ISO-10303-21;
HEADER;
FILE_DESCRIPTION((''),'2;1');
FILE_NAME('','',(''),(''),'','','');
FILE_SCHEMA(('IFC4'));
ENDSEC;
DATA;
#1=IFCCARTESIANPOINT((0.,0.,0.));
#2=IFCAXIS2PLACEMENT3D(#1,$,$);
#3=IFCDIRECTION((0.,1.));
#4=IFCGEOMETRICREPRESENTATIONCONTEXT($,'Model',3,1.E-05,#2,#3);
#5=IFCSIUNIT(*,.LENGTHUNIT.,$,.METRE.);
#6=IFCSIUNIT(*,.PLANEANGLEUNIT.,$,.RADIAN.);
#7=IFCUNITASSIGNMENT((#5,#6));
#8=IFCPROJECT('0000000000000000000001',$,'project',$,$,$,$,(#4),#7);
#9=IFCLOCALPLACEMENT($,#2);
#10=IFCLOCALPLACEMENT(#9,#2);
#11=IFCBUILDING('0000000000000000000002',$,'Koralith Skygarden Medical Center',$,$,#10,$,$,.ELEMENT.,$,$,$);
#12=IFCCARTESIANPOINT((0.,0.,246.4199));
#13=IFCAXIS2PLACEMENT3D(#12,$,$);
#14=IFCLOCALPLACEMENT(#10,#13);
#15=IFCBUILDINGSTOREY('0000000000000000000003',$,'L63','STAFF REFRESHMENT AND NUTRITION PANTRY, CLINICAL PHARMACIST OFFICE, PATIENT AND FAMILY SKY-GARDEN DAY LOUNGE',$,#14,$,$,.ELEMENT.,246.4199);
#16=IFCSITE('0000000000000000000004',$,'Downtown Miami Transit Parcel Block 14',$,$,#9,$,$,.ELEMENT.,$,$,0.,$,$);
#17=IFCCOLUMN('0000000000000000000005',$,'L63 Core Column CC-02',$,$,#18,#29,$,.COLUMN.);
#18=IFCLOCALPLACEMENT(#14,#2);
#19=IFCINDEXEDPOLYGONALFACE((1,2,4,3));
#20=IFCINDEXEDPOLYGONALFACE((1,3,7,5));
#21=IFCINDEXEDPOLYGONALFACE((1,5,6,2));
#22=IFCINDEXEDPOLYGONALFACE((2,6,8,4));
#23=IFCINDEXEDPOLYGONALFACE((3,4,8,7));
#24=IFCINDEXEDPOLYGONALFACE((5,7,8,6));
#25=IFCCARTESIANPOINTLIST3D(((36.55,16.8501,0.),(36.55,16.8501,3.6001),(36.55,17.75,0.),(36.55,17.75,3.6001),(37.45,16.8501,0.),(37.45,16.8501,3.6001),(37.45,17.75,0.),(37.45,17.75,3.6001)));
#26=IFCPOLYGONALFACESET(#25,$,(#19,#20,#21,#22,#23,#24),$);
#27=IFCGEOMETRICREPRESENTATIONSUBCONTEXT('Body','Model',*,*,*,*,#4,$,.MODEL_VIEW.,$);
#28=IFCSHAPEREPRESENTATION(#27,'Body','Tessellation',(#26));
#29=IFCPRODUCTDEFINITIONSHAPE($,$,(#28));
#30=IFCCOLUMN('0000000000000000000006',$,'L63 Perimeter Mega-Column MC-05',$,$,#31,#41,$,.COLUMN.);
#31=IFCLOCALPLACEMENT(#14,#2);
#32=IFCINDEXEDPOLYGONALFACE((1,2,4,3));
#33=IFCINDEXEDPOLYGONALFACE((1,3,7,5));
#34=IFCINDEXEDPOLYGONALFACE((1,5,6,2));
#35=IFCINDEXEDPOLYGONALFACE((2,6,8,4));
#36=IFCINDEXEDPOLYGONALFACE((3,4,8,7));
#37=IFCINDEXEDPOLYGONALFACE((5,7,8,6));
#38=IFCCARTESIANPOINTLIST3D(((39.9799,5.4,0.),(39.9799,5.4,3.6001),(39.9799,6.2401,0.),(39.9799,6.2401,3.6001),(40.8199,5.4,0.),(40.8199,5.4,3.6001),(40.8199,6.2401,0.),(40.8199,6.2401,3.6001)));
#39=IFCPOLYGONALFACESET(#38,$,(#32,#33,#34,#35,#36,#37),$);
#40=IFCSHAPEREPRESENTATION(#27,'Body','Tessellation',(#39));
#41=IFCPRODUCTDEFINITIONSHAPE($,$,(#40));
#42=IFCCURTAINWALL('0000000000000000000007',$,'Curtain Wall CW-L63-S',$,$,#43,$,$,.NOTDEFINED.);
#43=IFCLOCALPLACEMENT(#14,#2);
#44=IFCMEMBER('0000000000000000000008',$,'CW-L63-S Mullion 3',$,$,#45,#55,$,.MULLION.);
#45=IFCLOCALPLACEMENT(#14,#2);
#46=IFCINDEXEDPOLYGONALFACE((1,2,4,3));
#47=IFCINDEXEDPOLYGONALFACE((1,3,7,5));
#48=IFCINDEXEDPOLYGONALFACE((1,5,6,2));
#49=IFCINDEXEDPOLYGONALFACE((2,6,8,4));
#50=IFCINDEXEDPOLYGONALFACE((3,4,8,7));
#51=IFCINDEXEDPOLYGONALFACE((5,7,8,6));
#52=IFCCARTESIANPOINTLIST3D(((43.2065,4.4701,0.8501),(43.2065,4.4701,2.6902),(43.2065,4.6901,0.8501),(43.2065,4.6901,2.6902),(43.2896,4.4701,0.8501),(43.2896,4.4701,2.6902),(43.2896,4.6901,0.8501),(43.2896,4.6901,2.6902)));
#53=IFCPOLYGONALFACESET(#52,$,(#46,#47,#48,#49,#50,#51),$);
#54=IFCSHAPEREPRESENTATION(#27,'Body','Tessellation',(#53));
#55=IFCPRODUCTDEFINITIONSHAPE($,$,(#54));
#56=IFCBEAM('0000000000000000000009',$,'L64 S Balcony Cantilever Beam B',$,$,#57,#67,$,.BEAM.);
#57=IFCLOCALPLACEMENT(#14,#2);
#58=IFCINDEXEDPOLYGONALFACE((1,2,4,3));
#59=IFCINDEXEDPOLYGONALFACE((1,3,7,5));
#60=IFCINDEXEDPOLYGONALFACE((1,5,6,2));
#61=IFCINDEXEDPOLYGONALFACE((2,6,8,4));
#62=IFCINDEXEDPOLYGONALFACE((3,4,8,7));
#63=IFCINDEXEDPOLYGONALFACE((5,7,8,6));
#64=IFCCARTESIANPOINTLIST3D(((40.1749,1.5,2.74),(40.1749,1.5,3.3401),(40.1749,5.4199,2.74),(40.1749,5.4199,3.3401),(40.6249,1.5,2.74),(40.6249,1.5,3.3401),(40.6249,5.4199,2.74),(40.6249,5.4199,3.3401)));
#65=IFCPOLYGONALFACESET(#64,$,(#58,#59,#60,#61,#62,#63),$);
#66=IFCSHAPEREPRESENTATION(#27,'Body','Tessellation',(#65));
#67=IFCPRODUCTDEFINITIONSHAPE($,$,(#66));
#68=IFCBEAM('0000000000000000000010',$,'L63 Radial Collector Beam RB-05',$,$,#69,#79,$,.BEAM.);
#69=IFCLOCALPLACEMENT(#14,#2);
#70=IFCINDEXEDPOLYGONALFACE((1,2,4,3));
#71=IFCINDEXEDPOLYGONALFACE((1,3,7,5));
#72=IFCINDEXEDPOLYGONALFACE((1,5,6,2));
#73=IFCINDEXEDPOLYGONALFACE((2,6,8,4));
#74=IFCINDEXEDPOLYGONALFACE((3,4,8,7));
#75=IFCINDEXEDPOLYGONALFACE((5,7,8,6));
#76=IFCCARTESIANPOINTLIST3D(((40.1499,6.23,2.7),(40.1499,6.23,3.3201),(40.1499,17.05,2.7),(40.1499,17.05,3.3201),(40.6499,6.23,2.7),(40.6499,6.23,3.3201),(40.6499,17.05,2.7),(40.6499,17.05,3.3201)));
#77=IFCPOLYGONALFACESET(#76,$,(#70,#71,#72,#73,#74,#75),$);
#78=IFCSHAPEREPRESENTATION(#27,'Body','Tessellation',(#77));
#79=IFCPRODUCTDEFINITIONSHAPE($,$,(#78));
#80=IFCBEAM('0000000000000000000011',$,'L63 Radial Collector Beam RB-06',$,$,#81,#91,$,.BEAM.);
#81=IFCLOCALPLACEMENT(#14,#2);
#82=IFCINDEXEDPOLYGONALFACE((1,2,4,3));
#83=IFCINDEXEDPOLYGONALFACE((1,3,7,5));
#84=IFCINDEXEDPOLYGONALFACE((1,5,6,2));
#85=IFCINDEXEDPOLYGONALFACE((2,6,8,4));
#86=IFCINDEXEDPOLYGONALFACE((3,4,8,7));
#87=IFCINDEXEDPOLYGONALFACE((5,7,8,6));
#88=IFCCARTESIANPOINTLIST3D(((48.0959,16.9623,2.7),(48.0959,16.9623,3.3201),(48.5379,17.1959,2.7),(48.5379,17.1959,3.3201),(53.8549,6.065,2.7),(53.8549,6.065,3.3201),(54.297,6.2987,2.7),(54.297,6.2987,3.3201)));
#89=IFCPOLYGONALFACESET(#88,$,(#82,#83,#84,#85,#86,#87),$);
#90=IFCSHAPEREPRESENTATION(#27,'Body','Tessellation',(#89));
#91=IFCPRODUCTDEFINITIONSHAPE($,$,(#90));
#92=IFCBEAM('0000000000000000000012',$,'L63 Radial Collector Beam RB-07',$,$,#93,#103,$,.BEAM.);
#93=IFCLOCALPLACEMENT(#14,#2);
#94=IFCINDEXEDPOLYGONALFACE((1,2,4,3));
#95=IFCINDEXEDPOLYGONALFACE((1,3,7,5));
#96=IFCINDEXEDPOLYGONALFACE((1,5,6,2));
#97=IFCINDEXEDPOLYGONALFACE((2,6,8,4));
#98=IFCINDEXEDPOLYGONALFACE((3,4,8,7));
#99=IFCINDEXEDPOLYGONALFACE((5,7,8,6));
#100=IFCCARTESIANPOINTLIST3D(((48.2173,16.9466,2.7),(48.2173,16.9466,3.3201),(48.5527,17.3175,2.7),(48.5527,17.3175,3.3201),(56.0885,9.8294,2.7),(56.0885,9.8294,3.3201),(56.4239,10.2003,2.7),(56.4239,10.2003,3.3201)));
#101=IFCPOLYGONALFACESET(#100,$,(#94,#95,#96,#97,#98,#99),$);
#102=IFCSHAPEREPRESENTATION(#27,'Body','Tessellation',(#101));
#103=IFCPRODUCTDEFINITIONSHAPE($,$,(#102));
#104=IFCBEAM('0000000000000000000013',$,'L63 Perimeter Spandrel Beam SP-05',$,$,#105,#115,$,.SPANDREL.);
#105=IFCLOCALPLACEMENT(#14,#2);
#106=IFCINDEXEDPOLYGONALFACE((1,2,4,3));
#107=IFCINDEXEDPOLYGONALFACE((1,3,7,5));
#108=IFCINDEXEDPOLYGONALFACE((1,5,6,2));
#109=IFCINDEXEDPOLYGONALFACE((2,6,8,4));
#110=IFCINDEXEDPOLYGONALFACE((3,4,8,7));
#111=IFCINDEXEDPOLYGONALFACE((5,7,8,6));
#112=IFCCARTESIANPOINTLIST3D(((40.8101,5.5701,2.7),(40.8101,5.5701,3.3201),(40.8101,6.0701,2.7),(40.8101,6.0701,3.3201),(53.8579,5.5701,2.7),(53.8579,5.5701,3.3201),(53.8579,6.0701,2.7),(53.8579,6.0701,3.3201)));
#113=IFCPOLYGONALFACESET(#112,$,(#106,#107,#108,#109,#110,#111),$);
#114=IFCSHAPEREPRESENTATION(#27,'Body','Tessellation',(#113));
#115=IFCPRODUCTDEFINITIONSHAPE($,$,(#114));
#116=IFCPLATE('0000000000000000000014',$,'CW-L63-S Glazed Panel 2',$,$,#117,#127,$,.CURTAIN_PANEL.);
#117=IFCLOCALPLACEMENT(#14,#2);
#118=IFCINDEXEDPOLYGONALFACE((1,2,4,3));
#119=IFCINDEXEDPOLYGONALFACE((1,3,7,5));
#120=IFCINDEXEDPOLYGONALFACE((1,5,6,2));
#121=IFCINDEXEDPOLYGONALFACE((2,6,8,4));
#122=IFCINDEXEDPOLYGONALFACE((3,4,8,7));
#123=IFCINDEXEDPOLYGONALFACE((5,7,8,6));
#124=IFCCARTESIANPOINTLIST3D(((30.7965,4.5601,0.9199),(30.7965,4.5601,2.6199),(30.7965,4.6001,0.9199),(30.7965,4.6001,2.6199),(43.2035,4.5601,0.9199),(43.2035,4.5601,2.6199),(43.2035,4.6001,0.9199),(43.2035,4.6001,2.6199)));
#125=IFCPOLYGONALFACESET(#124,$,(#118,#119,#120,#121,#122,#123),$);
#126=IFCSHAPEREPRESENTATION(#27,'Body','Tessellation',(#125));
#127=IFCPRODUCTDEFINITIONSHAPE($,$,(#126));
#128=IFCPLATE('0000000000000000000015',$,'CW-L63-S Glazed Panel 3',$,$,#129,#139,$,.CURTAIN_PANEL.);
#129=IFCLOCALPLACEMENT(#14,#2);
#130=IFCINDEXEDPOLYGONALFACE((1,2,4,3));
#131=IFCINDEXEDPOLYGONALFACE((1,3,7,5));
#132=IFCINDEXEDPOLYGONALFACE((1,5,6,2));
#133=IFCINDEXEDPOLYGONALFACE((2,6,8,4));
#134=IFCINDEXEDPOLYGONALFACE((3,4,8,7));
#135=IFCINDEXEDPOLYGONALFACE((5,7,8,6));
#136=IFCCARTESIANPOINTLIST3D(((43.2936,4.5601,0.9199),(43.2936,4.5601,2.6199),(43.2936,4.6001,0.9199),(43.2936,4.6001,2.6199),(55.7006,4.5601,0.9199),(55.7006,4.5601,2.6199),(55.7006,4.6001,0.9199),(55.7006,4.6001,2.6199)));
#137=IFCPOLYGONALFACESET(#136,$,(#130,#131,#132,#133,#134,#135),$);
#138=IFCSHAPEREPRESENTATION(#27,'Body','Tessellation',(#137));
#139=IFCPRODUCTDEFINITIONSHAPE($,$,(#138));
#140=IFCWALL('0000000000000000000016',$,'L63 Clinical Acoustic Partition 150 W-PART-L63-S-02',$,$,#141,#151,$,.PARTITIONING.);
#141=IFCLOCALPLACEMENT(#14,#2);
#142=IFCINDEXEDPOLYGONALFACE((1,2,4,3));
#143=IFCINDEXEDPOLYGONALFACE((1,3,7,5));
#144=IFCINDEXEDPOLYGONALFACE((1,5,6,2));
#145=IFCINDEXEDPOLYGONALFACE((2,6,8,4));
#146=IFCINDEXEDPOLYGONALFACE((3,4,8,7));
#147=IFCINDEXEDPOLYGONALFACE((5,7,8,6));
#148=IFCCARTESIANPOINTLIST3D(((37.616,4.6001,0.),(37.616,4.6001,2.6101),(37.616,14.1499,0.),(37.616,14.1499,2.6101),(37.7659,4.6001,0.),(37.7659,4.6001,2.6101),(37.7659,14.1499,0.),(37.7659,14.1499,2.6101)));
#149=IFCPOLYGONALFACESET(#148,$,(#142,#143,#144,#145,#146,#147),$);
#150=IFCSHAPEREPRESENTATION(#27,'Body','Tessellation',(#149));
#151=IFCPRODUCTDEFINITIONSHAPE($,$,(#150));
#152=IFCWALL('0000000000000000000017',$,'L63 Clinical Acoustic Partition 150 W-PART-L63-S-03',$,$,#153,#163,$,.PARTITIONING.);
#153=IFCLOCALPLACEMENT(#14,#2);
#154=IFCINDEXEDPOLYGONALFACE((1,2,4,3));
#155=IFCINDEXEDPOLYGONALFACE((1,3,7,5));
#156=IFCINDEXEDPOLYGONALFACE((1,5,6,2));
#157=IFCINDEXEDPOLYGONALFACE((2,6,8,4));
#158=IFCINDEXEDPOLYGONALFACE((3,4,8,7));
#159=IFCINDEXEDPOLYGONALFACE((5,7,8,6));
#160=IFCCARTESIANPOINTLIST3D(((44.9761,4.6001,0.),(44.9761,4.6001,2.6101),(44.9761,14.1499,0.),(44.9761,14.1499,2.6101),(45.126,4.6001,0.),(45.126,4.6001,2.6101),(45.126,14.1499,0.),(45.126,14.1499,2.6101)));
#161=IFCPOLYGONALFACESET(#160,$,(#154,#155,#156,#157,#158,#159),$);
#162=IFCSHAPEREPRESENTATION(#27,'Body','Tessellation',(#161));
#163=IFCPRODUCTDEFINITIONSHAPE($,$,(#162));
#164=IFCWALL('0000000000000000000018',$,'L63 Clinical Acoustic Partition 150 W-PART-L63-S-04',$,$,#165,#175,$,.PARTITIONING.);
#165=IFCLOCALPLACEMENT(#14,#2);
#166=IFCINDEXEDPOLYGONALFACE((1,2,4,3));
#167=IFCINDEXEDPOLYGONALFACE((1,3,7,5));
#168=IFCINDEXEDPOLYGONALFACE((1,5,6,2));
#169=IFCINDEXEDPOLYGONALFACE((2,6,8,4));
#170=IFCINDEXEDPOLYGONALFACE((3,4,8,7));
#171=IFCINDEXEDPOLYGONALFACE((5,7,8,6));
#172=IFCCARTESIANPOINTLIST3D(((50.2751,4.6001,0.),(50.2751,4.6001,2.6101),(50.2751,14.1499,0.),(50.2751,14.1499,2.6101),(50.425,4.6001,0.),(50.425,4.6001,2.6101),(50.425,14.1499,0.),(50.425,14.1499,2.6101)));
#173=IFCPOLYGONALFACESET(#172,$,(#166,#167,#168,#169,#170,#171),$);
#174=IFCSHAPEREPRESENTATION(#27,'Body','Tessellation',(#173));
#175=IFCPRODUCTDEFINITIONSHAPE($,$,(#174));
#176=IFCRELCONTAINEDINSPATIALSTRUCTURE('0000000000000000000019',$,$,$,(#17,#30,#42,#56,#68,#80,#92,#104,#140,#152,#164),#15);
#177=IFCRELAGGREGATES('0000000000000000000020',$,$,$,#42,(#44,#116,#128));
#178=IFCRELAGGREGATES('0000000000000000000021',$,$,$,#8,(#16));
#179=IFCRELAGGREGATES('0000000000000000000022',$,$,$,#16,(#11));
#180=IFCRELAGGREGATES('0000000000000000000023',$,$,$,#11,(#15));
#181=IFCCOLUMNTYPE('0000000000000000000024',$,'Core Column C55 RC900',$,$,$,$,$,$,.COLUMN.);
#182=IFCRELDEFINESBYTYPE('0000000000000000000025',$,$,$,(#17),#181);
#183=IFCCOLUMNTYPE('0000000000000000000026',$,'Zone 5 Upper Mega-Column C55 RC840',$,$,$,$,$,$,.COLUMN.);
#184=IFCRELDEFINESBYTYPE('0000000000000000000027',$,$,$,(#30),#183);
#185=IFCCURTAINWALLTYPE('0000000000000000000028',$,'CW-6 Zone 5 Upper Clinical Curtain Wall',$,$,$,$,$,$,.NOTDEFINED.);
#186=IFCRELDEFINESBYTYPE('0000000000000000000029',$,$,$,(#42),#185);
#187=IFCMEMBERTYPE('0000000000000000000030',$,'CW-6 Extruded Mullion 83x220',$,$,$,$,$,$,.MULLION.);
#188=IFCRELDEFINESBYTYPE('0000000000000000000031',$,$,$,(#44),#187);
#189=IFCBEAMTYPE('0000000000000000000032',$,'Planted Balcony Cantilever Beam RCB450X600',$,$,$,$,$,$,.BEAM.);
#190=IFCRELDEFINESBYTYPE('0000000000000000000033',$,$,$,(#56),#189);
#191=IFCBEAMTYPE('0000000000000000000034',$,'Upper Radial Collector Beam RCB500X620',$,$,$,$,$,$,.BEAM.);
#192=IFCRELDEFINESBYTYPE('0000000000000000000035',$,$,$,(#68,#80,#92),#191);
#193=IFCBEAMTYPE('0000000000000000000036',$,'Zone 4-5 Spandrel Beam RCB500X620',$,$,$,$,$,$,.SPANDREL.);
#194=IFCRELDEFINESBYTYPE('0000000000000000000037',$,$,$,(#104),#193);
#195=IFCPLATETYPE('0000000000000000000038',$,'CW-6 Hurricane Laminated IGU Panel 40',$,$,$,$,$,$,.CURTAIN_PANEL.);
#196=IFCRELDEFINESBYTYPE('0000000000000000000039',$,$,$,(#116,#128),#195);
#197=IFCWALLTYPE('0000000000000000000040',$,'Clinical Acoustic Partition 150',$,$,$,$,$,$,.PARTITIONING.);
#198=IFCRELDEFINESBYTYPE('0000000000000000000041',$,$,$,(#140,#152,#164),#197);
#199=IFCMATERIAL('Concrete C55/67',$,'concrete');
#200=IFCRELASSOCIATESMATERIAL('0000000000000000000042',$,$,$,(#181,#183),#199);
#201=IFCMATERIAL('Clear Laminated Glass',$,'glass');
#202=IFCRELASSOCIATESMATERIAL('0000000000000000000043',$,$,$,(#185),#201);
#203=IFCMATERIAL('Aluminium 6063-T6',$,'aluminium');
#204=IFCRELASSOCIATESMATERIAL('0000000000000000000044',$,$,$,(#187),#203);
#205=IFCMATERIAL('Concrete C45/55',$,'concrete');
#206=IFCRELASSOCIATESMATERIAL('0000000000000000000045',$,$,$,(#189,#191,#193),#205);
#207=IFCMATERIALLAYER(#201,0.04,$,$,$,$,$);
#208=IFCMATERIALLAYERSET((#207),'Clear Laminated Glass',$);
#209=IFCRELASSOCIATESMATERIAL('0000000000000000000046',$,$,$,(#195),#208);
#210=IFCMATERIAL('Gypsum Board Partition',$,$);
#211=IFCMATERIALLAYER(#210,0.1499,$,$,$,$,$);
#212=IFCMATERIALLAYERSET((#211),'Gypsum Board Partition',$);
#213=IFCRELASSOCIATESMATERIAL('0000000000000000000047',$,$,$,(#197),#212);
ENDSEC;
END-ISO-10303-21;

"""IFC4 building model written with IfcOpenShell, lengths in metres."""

from ifc_helpers import new_model, si_unit, direction, frame, frame_2d, origin, origin_2d, place, context, subcontext, project, spatial, rectangle, extrude, material, layer, layer_set, material_profile, profile_set, type_object, element, aggregate, save


model = new_model("IFC4")

# Units and contexts
model_context = context("Model", 3, precision=1e-05, world=origin(), true_north=direction((0.0, 1.0)))
body_context = subcontext(model_context, "Body", "Model", "MODEL_VIEW")
ifc_project = project(units=[si_unit("LENGTHUNIT", "METRE"), si_unit("PLANEANGLEUNIT", "RADIAN")], contexts=[model_context])

# Site, building, storey
site_placement = place(None, origin())
site = spatial("IfcSite", under=ifc_project, at=site_placement, Name="Downtown Miami Transit Parcel Block 14", CompositionType="ELEMENT", RefElevation=0.0)
building_placement = place(site_placement, origin())
building = spatial("IfcBuilding", under=site, at=building_placement, Name="Koralith Skygarden Medical Center", CompositionType="ELEMENT")
storey_placement = place(building_placement, frame((0.0, 0.0, 246.4199)))
storey = spatial("IfcBuildingStorey", under=building, at=storey_placement, Name="L63", Description="STAFF REFRESHMENT AND NUTRITION PANTRY, CLINICAL PHARMACIST OFFICE, PATIENT AND FAMILY SKY-GARDEN DAY LOUNGE", CompositionType="ELEMENT", Elevation=246.4199)

# Columns
ifc_material_1 = material(Name="Concrete C55/67", Category="concrete")
ifc_material_profile_1 = material_profile(ifc_material_1, rectangle(XDim=0.8999, YDim=0.8999, at=origin_2d()), Name="RC900X900")
ifc_profile_set_1 = profile_set([ifc_material_profile_1], Name="Concrete C55/67")
column_type_1 = type_object("IfcColumnType", Name="Core Column C55 RC900", PredefinedType="COLUMN", material=ifc_profile_set_1)
column_1_placement = place(storey_placement, frame((37.0, 17.3, 0.0), z_axis=(0.0, 0.0, 1.0), x_axis=(1.0, 0.0, 0.0)))
element("IfcColumn", 1, at=column_1_placement, inside=storey, type_object=column_type_1, Name="L63 Core Column CC-02", PredefinedType="COLUMN", context=body_context, shape_type="SweptSolid", body=[
    extrude(rectangle(XDim=0.8999, YDim=0.8999, at=origin_2d()), origin(), (0.0, 0.0, 1.0), 3.6001),
])
ifc_material_profile_2 = material_profile(ifc_material_1, rectangle(XDim=0.8401, YDim=0.8401, at=origin_2d()), Name="RC840X840")
ifc_profile_set_2 = profile_set([ifc_material_profile_2], Name="Concrete C55/67")
column_type_2 = type_object("IfcColumnType", Name="Zone 5 Upper Mega-Column C55 RC840", PredefinedType="COLUMN", material=ifc_profile_set_2)
column_2_placement = place(storey_placement, frame((40.3999, 5.8201, 0.0), z_axis=(0.0, 0.0, 1.0), x_axis=(1.0, 0.0, 0.0)))
element("IfcColumn", 2, at=column_2_placement, inside=storey, type_object=column_type_2, Name="L63 Perimeter Mega-Column MC-05", PredefinedType="COLUMN", context=body_context, shape_type="SweptSolid", body=[
    extrude(rectangle(XDim=0.8401, YDim=0.8401, at=origin_2d()), origin(), (0.0, 0.0, 1.0), 3.6001),
])

# Curtain wall, member
ifc_material_2 = material(Name="Clear Laminated Glass", Category="glass")
curtain_wall_type = type_object("IfcCurtainWallType", Name="CW-6 Zone 5 Upper Clinical Curtain Wall", PredefinedType="NOTDEFINED", material=ifc_material_2)
curtain_wall_placement = place(storey_placement, origin())
curtain_wall = element("IfcCurtainWall", 3, at=curtain_wall_placement, inside=storey, type_object=curtain_wall_type, Name="Curtain Wall CW-L63-S", PredefinedType="NOTDEFINED")
ifc_material_3 = material(Name="Aluminium 6063-T6", Category="aluminium")
ifc_material_profile_3 = material_profile(ifc_material_3, rectangle(XDim=0.083, YDim=0.22, at=origin_2d()), Name="MUL83X220")
ifc_profile_set_3 = profile_set([ifc_material_profile_3], Name="Aluminium 6063-T6")
member_type = type_object("IfcMemberType", Name="CW-6 Extruded Mullion 83x220", PredefinedType="MULLION", material=ifc_profile_set_3)
member_placement = place(storey_placement, frame((43.248, 4.5801, 0.8501), z_axis=(0.0, 0.0, 1.0), x_axis=(1.0, 0.0, 0.0)))
member = element("IfcMember", 4, at=member_placement, type_object=member_type, Name="CW-L63-S Mullion 3", PredefinedType="MULLION", context=body_context, shape_type="SweptSolid", body=[
    extrude(rectangle(XDim=0.083, YDim=0.22, at=origin_2d()), origin(), (0.0, 0.0, 1.0), 1.8401),
])

# Beams
ifc_material_4 = material(Name="Concrete C45/55", Category="concrete")
ifc_material_profile_4 = material_profile(ifc_material_4, rectangle(XDim=0.45, YDim=0.6001, at=origin_2d()), Name="RCB450X600")
ifc_profile_set_4 = profile_set([ifc_material_profile_4], Name="Concrete C45/55")
beam_type_1 = type_object("IfcBeamType", Name="Planted Balcony Cantilever Beam RCB450X600", PredefinedType="BEAM", material=ifc_profile_set_4)
beam_1_placement = place(storey_placement, frame((40.3999, 5.4199, 3.04), z_axis=(0.0, -1.0, 0.0), x_axis=(1.0, 0.0, 0.0)))
element("IfcBeam", 5, at=beam_1_placement, inside=storey, type_object=beam_type_1, Name="L64 S Balcony Cantilever Beam B", PredefinedType="BEAM", context=body_context, shape_type="SweptSolid", body=[
    extrude(rectangle(XDim=0.45, YDim=0.6001, at=origin_2d()), origin(), (0.0, 0.0, 1.0), 3.9199),
])
ifc_material_profile_5 = material_profile(ifc_material_4, rectangle(XDim=0.5, YDim=0.6201, at=origin_2d()), Name="RCB500X620")
ifc_profile_set_5 = profile_set([ifc_material_profile_5], Name="Concrete C45/55")
beam_type_2 = type_object("IfcBeamType", Name="Upper Radial Collector Beam RCB500X620", PredefinedType="BEAM", material=ifc_profile_set_5)
beam_2_placement = place(storey_placement, frame((40.3999, 17.05, 3.01), z_axis=(0.0, -1.0, 0.0), x_axis=(1.0, 0.0, 0.0)))
element("IfcBeam", 6, at=beam_2_placement, inside=storey, type_object=beam_type_2, Name="L63 Radial Collector Beam RB-05", PredefinedType="BEAM", context=body_context, shape_type="SweptSolid", body=[
    extrude(rectangle(XDim=0.5, YDim=0.6201, at=origin_2d()), origin(), (0.0, 0.0, 1.0), 10.8201),
])
beam_3_placement = place(storey_placement, frame((48.3169, 17.0791, 3.01), z_axis=(0.467249, -0.884126, 0.0), x_axis=(0.884126, 0.467249, 0.0)))
element("IfcBeam", 7, at=beam_3_placement, inside=storey, type_object=beam_type_2, Name="L63 Radial Collector Beam RB-06", PredefinedType="BEAM", context=body_context, shape_type="SweptSolid", body=[
    extrude(rectangle(XDim=0.5, YDim=0.6201, at=origin_2d()), origin(), (0.0, 0.0, 1.0), 12.3254),
])
beam_4_placement = place(storey_placement, frame((48.385, 17.1321, 3.01), z_axis=(0.741736, -0.670692, 0.0), x_axis=(0.670692, 0.741736, 0.0)))
element("IfcBeam", 8, at=beam_4_placement, inside=storey, type_object=beam_type_2, Name="L63 Radial Collector Beam RB-07", PredefinedType="BEAM", context=body_context, shape_type="SweptSolid", body=[
    extrude(rectangle(XDim=0.5, YDim=0.6201, at=origin_2d()), origin(), (0.0, 0.0, 1.0), 10.6118),
])
ifc_material_profile_6 = material_profile(ifc_material_4, rectangle(XDim=0.5, YDim=0.6201, at=origin_2d()), Name="RCB500X620")
ifc_profile_set_6 = profile_set([ifc_material_profile_6], Name="Concrete C45/55")
beam_type_3 = type_object("IfcBeamType", Name="Zone 4-5 Spandrel Beam RCB500X620", PredefinedType="SPANDREL", material=ifc_profile_set_6)
beam_5_placement = place(storey_placement, frame((40.8101, 5.8201, 3.01), z_axis=(1.0, 0.0, 0.0), x_axis=(0.0, 1.0, 0.0)))
element("IfcBeam", 9, at=beam_5_placement, inside=storey, type_object=beam_type_3, Name="L63 Perimeter Spandrel Beam SP-05", PredefinedType="SPANDREL", context=body_context, shape_type="SweptSolid", body=[
    extrude(rectangle(XDim=0.5, YDim=0.6201, at=origin_2d()), origin(), (0.0, 0.0, 1.0), 13.0479),
])

# Plates
ifc_layer_1 = layer(ifc_material_2, 0.04)
ifc_layer_set_1 = layer_set([ifc_layer_1], Name="Clear Laminated Glass")
plate_type = type_object("IfcPlateType", Name="CW-6 Hurricane Laminated IGU Panel 40", PredefinedType="CURTAIN_PANEL", material=ifc_layer_set_1)
plate_1_placement = place(storey_placement, frame((37.0, 4.5801, 0.9199), z_axis=(0.0, 0.0, 1.0), x_axis=(1.0, 0.0, 0.0)))
plate_1 = element("IfcPlate", 10, at=plate_1_placement, type_object=plate_type, Name="CW-L63-S Glazed Panel 2", PredefinedType="CURTAIN_PANEL", context=body_context, shape_type="SweptSolid", body=[
    extrude(rectangle(XDim=12.407, YDim=0.04, at=origin_2d()), origin(), (0.0, 0.0, 1.0), 1.7),
])
plate_2_placement = place(storey_placement, frame((49.4971, 4.5801, 0.9199), z_axis=(0.0, 0.0, 1.0), x_axis=(1.0, 0.0, 0.0)))
plate_2 = element("IfcPlate", 11, at=plate_2_placement, type_object=plate_type, Name="CW-L63-S Glazed Panel 3", PredefinedType="CURTAIN_PANEL", context=body_context, shape_type="SweptSolid", body=[
    extrude(rectangle(XDim=12.407, YDim=0.04, at=origin_2d()), origin(), (0.0, 0.0, 1.0), 1.7),
])
aggregate(curtain_wall, [member, plate_1, plate_2])

# Walls
ifc_material_5 = material(Name="Gypsum Board Partition")
ifc_layer_2 = layer(ifc_material_5, 0.1499)
ifc_layer_set_2 = layer_set([ifc_layer_2], Name="Gypsum Board Partition")
wall_type_1 = type_object("IfcWallType", Name="Clinical Acoustic Partition 150", PredefinedType="PARTITIONING", material=ifc_layer_set_2)
for number, where, z_axis, x_axis, name in (
    (12, (37.6909, 14.1499, 0.0), (0.0, 0.0, 1.0), (0.0, -1.0, 0.0), "L63 Clinical Acoustic Partition 150 W-PART-L63-S-02"),
    (13, (45.051, 14.1499, 0.0), (0.0, 0.0, 1.0), (0.0, -1.0, 0.0), "L63 Clinical Acoustic Partition 150 W-PART-L63-S-03"),
    (14, (50.3501, 14.1499, 0.0), (0.0, 0.0, 1.0), (0.0, -1.0, 0.0), "L63 Clinical Acoustic Partition 150 W-PART-L63-S-04"),
):
    element("IfcWall", number, at=place(storey_placement, frame(where, z_axis=z_axis, x_axis=x_axis)), inside=storey, type_object=wall_type_1, Name=name, PredefinedType="PARTITIONING", context=body_context, shape_type="SweptSolid", body=[
        extrude(rectangle(XDim=9.5498, YDim=0.1499, at=frame_2d((4.7749, 0.0))), origin(), (0.0, 0.0, 1.0), 2.6101),
    ])

save(model, "model.ifc")
